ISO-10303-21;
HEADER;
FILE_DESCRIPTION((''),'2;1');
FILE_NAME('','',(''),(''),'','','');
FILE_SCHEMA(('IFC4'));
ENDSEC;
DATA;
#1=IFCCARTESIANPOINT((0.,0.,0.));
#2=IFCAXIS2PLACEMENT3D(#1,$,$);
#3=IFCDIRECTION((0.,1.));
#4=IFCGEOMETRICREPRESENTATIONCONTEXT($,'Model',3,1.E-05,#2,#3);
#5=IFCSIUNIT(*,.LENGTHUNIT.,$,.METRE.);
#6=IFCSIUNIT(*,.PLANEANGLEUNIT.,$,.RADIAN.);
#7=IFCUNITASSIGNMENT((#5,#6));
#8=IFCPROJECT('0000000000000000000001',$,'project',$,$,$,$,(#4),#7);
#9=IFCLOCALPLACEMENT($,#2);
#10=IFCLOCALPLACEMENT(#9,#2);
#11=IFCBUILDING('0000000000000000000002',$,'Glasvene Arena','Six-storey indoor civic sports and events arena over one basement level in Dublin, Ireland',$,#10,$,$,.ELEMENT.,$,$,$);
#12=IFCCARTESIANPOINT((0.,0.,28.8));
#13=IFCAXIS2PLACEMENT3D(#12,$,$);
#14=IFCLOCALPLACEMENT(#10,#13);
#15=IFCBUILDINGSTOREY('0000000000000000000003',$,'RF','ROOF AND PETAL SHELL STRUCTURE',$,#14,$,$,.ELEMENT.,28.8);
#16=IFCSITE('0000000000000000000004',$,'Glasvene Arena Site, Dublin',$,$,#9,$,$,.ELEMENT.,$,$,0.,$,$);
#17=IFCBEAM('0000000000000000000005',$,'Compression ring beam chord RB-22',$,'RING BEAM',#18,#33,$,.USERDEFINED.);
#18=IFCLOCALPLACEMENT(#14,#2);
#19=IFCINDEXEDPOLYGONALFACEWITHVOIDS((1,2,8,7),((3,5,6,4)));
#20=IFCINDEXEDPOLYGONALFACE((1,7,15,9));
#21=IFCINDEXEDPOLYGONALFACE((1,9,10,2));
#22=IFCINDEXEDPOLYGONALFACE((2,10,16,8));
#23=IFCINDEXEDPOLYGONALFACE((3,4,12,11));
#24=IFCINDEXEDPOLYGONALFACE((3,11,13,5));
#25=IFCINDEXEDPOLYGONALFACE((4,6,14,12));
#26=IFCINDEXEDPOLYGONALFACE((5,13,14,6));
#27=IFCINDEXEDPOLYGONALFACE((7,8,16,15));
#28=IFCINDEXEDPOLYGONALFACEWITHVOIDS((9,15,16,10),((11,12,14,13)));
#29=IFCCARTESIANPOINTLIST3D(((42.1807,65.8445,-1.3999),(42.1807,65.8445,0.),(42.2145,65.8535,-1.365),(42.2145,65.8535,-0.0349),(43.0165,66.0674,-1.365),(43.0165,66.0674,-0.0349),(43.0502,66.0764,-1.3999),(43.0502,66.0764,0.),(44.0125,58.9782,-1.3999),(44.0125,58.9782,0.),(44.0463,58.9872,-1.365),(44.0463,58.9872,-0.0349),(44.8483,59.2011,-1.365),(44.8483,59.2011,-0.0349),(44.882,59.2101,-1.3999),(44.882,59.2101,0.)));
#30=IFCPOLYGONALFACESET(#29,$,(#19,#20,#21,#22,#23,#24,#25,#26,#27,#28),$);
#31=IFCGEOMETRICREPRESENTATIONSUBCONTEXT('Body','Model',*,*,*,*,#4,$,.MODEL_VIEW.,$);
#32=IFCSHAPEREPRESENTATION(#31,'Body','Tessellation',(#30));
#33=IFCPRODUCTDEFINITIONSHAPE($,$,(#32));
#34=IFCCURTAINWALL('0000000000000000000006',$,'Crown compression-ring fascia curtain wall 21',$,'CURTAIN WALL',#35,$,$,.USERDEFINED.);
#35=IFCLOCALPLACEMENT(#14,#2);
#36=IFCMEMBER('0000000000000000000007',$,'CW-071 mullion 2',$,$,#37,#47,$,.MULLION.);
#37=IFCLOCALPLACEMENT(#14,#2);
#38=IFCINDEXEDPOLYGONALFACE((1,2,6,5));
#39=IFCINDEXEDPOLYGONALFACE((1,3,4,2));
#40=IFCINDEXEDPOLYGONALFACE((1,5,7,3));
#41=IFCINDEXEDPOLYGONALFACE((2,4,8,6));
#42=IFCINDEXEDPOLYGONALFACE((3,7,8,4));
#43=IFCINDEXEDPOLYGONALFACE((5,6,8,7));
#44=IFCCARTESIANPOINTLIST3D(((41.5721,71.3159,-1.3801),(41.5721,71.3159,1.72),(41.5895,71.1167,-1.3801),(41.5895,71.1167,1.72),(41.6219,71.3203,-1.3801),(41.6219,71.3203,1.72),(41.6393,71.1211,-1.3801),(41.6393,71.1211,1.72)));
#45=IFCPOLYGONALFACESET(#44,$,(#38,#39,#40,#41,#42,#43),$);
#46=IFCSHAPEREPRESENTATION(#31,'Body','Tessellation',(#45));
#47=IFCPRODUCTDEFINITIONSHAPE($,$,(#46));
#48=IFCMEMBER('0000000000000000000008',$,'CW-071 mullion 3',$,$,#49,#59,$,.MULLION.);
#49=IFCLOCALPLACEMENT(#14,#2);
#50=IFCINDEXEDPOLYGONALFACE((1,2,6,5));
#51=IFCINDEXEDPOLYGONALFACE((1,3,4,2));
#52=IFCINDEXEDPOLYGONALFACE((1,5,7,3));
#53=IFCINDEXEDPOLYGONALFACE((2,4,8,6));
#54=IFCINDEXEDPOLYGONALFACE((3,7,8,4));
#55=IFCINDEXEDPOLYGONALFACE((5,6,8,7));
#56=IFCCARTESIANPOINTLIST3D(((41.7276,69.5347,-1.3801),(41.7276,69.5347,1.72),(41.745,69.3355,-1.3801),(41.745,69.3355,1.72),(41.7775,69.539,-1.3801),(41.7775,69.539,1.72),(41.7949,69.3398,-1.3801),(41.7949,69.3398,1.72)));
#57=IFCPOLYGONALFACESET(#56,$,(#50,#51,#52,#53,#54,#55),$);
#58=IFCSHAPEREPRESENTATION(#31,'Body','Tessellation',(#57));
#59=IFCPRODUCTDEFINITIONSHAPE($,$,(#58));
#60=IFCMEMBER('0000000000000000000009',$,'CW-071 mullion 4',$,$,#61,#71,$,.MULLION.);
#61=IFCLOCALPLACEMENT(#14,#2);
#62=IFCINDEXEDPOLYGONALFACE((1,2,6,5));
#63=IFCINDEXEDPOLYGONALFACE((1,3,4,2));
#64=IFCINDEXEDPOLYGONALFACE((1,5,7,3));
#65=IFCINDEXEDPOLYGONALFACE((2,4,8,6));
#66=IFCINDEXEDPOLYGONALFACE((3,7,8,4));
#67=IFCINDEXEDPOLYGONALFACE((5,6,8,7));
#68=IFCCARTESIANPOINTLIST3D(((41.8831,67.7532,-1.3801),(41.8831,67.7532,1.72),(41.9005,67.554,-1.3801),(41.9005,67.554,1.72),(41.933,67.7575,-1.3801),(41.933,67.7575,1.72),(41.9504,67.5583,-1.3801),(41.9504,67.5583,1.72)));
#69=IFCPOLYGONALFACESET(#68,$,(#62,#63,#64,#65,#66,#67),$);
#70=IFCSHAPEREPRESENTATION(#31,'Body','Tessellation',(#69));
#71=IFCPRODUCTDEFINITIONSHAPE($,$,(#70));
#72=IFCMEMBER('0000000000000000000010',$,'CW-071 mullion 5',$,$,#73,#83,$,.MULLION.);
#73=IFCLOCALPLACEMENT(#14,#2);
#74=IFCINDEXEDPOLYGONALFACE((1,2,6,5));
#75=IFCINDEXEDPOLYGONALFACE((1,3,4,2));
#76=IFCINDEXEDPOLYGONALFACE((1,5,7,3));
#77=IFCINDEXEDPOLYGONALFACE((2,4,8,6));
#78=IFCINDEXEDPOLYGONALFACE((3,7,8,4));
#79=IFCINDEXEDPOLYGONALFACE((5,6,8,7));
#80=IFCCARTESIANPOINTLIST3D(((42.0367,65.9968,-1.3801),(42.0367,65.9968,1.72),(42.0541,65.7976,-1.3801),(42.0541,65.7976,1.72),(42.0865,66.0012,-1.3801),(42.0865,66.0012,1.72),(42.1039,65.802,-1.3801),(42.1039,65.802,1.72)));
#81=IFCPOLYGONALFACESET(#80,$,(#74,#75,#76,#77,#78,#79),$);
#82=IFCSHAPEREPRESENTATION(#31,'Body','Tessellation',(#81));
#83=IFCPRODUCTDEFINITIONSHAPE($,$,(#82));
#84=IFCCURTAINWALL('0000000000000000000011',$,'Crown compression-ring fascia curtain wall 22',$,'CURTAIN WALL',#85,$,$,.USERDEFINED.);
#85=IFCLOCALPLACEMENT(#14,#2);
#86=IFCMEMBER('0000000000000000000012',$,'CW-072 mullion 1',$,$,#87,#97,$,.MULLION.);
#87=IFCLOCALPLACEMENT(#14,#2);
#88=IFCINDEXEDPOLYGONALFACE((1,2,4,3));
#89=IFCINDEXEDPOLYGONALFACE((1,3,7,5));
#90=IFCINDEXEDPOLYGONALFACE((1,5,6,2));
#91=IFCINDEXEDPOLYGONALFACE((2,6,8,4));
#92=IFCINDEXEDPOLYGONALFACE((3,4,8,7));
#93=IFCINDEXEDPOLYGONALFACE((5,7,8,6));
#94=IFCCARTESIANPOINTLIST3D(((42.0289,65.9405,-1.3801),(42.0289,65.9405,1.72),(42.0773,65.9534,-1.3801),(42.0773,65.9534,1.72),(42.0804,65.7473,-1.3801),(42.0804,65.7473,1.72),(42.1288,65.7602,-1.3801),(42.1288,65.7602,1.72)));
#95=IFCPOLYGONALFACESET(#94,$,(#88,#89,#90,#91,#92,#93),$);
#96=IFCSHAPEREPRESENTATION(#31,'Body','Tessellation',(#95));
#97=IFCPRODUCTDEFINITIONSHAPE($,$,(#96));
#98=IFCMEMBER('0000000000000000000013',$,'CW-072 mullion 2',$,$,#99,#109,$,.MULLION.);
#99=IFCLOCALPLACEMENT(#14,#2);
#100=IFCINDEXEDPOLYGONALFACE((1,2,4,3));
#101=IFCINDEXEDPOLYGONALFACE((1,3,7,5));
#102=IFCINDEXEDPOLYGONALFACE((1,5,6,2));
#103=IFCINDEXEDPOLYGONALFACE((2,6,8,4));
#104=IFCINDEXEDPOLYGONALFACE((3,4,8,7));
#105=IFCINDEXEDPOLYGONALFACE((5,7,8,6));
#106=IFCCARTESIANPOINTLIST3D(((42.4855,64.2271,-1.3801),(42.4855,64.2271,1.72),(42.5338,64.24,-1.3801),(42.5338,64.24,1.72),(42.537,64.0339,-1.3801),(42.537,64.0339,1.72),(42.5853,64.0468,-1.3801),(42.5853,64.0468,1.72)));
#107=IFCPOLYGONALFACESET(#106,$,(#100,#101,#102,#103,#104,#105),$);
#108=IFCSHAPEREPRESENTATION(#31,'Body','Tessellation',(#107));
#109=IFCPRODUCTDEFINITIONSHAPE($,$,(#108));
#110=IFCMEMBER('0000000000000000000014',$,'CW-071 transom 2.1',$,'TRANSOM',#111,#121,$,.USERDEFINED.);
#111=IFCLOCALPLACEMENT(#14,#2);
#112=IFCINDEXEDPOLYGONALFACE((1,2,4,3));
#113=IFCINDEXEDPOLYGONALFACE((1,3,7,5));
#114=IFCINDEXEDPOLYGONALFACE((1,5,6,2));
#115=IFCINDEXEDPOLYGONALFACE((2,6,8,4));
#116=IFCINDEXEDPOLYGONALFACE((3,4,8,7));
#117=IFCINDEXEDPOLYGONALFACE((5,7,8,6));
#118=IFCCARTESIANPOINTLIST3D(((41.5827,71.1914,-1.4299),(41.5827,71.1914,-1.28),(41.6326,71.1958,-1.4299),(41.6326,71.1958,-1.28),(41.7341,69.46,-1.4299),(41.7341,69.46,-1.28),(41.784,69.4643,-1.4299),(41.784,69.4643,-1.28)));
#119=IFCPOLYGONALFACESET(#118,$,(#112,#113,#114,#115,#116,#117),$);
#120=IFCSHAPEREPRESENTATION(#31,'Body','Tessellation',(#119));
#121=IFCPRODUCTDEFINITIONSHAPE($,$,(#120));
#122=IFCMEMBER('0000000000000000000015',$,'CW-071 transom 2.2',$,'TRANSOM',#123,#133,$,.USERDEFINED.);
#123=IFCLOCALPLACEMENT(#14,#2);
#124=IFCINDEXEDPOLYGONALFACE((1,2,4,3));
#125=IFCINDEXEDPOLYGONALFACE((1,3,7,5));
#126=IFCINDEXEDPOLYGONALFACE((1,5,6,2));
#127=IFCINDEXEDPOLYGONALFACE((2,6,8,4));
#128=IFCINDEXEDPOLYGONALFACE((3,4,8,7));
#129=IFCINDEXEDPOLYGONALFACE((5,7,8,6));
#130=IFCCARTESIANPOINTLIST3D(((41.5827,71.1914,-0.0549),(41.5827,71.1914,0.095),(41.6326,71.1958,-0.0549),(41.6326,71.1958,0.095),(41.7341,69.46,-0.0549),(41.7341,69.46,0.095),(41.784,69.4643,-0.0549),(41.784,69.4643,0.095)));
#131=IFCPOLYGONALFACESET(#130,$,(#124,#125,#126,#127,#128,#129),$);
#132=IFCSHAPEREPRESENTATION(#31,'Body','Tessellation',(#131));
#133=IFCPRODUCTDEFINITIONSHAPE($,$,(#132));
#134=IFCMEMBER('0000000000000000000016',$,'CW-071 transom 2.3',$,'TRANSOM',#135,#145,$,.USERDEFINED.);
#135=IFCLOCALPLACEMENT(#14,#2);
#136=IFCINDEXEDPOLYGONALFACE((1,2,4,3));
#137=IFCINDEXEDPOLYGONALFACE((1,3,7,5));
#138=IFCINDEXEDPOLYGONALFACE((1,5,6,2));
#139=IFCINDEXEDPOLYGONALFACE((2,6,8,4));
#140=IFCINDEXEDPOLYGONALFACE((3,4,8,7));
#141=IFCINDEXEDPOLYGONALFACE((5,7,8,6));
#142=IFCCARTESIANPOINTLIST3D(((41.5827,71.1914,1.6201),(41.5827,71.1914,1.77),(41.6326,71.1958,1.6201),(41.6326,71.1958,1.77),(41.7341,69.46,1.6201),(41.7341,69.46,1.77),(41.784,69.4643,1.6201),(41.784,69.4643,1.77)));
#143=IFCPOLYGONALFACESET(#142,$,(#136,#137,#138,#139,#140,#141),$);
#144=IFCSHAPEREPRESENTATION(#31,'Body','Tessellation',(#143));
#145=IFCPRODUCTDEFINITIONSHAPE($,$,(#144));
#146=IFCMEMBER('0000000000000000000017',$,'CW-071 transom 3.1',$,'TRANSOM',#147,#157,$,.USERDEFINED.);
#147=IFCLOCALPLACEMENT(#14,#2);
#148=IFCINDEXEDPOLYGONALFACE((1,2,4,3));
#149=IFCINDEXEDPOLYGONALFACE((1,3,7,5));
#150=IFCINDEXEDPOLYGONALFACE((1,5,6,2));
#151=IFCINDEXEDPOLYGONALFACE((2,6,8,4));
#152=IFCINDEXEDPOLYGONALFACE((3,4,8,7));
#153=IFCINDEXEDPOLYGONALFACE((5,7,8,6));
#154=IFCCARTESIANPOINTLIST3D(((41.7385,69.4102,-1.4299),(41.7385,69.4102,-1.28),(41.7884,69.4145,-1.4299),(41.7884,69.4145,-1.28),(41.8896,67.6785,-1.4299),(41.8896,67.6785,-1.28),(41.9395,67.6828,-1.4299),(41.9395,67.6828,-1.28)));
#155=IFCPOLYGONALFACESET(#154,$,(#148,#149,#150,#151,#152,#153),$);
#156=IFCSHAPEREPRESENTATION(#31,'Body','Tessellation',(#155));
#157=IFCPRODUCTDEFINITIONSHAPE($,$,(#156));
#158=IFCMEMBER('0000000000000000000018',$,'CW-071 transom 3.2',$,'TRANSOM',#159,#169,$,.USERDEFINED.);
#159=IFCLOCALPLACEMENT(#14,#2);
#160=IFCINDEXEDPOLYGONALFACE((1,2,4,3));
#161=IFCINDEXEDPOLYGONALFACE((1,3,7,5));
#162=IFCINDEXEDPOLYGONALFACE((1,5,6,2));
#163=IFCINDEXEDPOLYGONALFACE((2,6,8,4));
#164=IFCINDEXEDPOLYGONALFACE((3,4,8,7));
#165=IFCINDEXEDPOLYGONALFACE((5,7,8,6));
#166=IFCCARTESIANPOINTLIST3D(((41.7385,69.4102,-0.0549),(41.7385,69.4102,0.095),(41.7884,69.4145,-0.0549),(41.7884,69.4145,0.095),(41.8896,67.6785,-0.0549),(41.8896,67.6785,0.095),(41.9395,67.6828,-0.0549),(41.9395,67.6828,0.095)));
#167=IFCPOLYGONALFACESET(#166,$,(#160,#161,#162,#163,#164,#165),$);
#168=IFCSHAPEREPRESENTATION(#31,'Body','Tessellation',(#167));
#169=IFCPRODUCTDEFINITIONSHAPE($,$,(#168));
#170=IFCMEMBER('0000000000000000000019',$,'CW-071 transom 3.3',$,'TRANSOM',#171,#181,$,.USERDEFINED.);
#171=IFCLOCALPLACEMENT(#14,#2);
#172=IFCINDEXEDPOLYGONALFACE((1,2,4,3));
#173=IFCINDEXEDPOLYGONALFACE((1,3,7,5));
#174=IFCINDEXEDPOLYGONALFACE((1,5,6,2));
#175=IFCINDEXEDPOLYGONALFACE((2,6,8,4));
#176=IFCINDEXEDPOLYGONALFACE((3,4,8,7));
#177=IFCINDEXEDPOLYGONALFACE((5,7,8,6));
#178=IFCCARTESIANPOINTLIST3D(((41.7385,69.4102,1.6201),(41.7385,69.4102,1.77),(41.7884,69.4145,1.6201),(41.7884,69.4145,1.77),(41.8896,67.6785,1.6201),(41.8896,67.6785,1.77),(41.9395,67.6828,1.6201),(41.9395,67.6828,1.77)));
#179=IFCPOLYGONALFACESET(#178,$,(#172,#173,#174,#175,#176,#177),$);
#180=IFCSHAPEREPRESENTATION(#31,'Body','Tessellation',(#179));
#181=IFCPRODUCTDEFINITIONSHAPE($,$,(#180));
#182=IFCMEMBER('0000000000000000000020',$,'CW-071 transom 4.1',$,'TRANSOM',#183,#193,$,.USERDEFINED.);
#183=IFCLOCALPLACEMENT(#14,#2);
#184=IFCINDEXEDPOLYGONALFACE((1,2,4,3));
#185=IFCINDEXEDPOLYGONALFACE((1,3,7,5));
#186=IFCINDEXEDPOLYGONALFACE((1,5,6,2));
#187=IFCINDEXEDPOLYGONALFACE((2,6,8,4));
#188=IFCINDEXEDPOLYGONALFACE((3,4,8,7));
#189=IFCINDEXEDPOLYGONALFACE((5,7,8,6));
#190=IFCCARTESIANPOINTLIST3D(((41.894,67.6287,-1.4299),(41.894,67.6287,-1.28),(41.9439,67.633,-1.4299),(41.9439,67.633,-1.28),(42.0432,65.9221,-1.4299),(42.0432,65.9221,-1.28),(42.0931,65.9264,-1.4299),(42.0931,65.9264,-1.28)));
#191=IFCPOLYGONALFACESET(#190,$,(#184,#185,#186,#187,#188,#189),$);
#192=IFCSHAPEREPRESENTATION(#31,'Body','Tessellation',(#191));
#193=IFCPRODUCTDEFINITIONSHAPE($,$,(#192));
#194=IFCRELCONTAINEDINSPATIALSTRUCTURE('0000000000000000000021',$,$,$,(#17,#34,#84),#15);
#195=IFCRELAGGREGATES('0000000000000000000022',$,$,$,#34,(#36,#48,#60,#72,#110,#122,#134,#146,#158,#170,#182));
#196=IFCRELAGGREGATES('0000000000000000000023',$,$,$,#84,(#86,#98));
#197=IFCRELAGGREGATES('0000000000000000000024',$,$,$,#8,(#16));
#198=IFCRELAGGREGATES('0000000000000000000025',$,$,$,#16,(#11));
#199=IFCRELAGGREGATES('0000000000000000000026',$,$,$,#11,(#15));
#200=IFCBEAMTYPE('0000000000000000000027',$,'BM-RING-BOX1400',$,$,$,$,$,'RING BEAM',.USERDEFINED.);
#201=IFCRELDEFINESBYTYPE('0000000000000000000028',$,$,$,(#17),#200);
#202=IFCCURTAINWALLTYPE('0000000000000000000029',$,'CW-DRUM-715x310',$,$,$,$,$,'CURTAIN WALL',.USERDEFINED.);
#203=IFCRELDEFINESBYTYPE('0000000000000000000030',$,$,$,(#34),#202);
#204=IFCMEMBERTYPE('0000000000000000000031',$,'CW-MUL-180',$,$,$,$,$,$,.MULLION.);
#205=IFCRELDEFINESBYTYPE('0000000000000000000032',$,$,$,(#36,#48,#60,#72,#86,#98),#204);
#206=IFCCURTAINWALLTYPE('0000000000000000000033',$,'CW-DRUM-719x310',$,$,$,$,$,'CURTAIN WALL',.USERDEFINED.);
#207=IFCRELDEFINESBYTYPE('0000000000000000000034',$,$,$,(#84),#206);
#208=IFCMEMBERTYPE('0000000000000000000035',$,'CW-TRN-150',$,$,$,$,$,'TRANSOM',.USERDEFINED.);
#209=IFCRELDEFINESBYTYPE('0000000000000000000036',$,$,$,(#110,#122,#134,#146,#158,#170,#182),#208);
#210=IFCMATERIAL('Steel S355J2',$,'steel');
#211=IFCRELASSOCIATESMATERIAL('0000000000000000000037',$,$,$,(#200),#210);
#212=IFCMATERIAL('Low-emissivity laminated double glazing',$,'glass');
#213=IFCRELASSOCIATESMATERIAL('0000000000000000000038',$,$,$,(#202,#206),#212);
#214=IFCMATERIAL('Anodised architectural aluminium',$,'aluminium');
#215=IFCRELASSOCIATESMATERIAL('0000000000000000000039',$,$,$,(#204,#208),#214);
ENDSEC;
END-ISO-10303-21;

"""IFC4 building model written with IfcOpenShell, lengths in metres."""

from ifc_helpers import new_model, si_unit, direction, frame, origin, origin_2d, place, context, subcontext, project, spatial, rectangle, hollow_rectangle, extrude, material, material_profile, profile_set, type_object, element, aggregate, save


model = new_model("IFC4")

# Units and contexts
model_context = context("Model", 3, precision=1e-05, world=origin(), true_north=direction((0.0, 1.0)))
body_context = subcontext(model_context, "Body", "Model", "MODEL_VIEW")
ifc_project = project(units=[si_unit("LENGTHUNIT", "METRE"), si_unit("PLANEANGLEUNIT", "RADIAN")], contexts=[model_context])

# Site, building, storey
site_placement = place(None, origin())
site = spatial("IfcSite", under=ifc_project, at=site_placement, Name="Glasvene Arena Site, Dublin", CompositionType="ELEMENT", RefElevation=0.0)
building_placement = place(site_placement, origin())
building = spatial("IfcBuilding", under=site, at=building_placement, Name="Glasvene Arena", Description="Six-storey indoor civic sports and events arena over one basement level in Dublin, Ireland", CompositionType="ELEMENT")
storey_placement = place(building_placement, frame((0.0, 0.0, 28.8)))
storey = spatial("IfcBuildingStorey", under=building, at=storey_placement, Name="RF", Description="ROOF AND PETAL SHELL STRUCTURE", CompositionType="ELEMENT", Elevation=28.8)

# Beam
ifc_material_1 = material(Name="Steel S355J2", Category="steel")
ifc_material_profile_1 = material_profile(ifc_material_1, hollow_rectangle(XDim=0.8999, YDim=1.3999, WallThickness=0.0349, at=origin_2d()), Name="WBOX 900x1400x35")
ifc_profile_set_1 = profile_set([ifc_material_profile_1], Name="Steel S355J2")
beam_type = type_object("IfcBeamType", Name="BM-RING-BOX1400", ElementType="RING BEAM", PredefinedType="USERDEFINED", material=ifc_profile_set_1)
beam_placement = place(storey_placement, frame((42.6155, 65.9604, -0.7), z_axis=(0.257767, -0.966207, 0.0), x_axis=(0.966207, 0.257767, 0.0)))
element("IfcBeam", 1, at=beam_placement, inside=storey, type_object=beam_type, Name="Compression ring beam chord RB-22", ObjectType="RING BEAM", PredefinedType="USERDEFINED", context=body_context, shape_type="SweptSolid", body=[
    extrude(hollow_rectangle(XDim=0.8999, YDim=1.3999, WallThickness=0.0349, at=origin_2d()), origin(), (0.0, 0.0, 1.0), 7.1064),
])

# Curtain walls, members
ifc_material_2 = material(Name="Low-emissivity laminated double glazing", Category="glass")
curtain_wall_type_1 = type_object("IfcCurtainWallType", Name="CW-DRUM-715x310", ElementType="CURTAIN WALL", PredefinedType="USERDEFINED", material=ifc_material_2)
curtain_wall_1_placement = place(storey_placement, frame((41.45, 73.0, 0.0)))
curtain_wall_1 = element("IfcCurtainWall", 2, at=curtain_wall_1_placement, inside=storey, type_object=curtain_wall_type_1, Name="Crown compression-ring fascia curtain wall 21", ObjectType="CURTAIN WALL", PredefinedType="USERDEFINED")
ifc_material_3 = material(Name="Anodised architectural aluminium", Category="aluminium")
ifc_material_profile_2 = material_profile(ifc_material_3, rectangle(XDim=0.05, YDim=0.2, at=origin_2d()), Name="ALU MULLION 50x200")
ifc_profile_set_2 = profile_set([ifc_material_profile_2], Name="Anodised architectural aluminium")
member_type_1 = type_object("IfcMemberType", Name="CW-MUL-180", PredefinedType="MULLION", material=ifc_profile_set_2)
member_1_placement = place(storey_placement, frame((41.6057, 71.2185, -1.3801), z_axis=(0.0, 0.0, 1.0), x_axis=(0.996207, 0.087016, 0.0)))
member_1 = element("IfcMember", 3, at=member_1_placement, type_object=member_type_1, Name="CW-071 mullion 2", PredefinedType="MULLION", context=body_context, shape_type="SweptSolid", body=[
    extrude(rectangle(XDim=0.05, YDim=0.2, at=origin_2d()), origin(), (0.0, 0.0, 1.0), 3.1001),
])
member_2_placement = place(storey_placement, frame((41.7612, 69.4373, -1.3801), z_axis=(0.0, 0.0, 1.0), x_axis=(0.996207, 0.087016, 0.0)))
member_2 = element("IfcMember", 4, at=member_2_placement, type_object=member_type_1, Name="CW-071 mullion 3", PredefinedType="MULLION", context=body_context, shape_type="SweptSolid", body=[
    extrude(rectangle(XDim=0.05, YDim=0.2, at=origin_2d()), origin(), (0.0, 0.0, 1.0), 3.1001),
])
member_3_placement = place(storey_placement, frame((41.9167, 67.6558, -1.3801), z_axis=(0.0, 0.0, 1.0), x_axis=(0.996207, 0.087016, 0.0)))
member_3 = element("IfcMember", 5, at=member_3_placement, type_object=member_type_1, Name="CW-071 mullion 4", PredefinedType="MULLION", context=body_context, shape_type="SweptSolid", body=[
    extrude(rectangle(XDim=0.05, YDim=0.2, at=origin_2d()), origin(), (0.0, 0.0, 1.0), 3.1001),
])
member_4_placement = place(storey_placement, frame((42.0703, 65.8994, -1.3801), z_axis=(0.0, 0.0, 1.0), x_axis=(0.996207, 0.087016, 0.0)))
member_4 = element("IfcMember", 6, at=member_4_placement, type_object=member_type_1, Name="CW-071 mullion 5", PredefinedType="MULLION", context=body_context, shape_type="SweptSolid", body=[
    extrude(rectangle(XDim=0.05, YDim=0.2, at=origin_2d()), origin(), (0.0, 0.0, 1.0), 3.1001),
])
curtain_wall_type_2 = type_object("IfcCurtainWallType", Name="CW-DRUM-719x310", ElementType="CURTAIN WALL", PredefinedType="USERDEFINED", material=ifc_material_2)
curtain_wall_2_placement = place(storey_placement, frame((42.0725, 65.8745, 0.0)))
curtain_wall_2 = element("IfcCurtainWall", 7, at=curtain_wall_2_placement, inside=storey, type_object=curtain_wall_type_2, Name="Crown compression-ring fascia curtain wall 22", ObjectType="CURTAIN WALL", PredefinedType="USERDEFINED")
member_5_placement = place(storey_placement, frame((42.0789, 65.8503, -1.3801), z_axis=(0.0, 0.0, 1.0), x_axis=(0.966292, 0.257447, 0.0)))
member_5 = element("IfcMember", 8, at=member_5_placement, type_object=member_type_1, Name="CW-072 mullion 1", PredefinedType="MULLION", context=body_context, shape_type="SweptSolid", body=[
    extrude(rectangle(XDim=0.05, YDim=0.2, at=origin_2d()), origin(), (0.0, 0.0, 1.0), 3.1001),
])
member_6_placement = place(storey_placement, frame((42.5354, 64.137, -1.3801), z_axis=(0.0, 0.0, 1.0), x_axis=(0.966292, 0.257447, 0.0)))
member_6 = element("IfcMember", 9, at=member_6_placement, type_object=member_type_1, Name="CW-072 mullion 2", PredefinedType="MULLION", context=body_context, shape_type="SweptSolid", body=[
    extrude(rectangle(XDim=0.05, YDim=0.2, at=origin_2d()), origin(), (0.0, 0.0, 1.0), 3.1001),
])

# Members
ifc_material_profile_3 = material_profile(ifc_material_3, rectangle(XDim=0.05, YDim=0.1499, at=origin_2d()), Name="ALU TRANSOM 50x150")
ifc_profile_set_3 = profile_set([ifc_material_profile_3], Name="Anodised architectural aluminium")
member_type_2 = type_object("IfcMemberType", Name="CW-TRN-150", ElementType="TRANSOM", PredefinedType="USERDEFINED", material=ifc_profile_set_3)
member_7_placement = place(storey_placement, frame((41.6077, 71.1936, -1.355), z_axis=(0.08709, -0.9962, 0.0), x_axis=(0.9962, 0.08709, 0.0)))
member_7 = element("IfcMember", 10, at=member_7_placement, type_object=member_type_2, Name="CW-071 transom 2.1", ObjectType="TRANSOM", PredefinedType="USERDEFINED", context=body_context, shape_type="SweptSolid", body=[
    extrude(rectangle(XDim=0.05, YDim=0.1499, at=origin_2d()), origin(), (0.0, 0.0, 1.0), 1.738),
])
member_8_placement = place(storey_placement, frame((41.6077, 71.1936, 0.02), z_axis=(0.08709, -0.9962, 0.0), x_axis=(0.9962, 0.08709, 0.0)))
member_8 = element("IfcMember", 11, at=member_8_placement, type_object=member_type_2, Name="CW-071 transom 2.2", ObjectType="TRANSOM", PredefinedType="USERDEFINED", context=body_context, shape_type="SweptSolid", body=[
    extrude(rectangle(XDim=0.05, YDim=0.1499, at=origin_2d()), origin(), (0.0, 0.0, 1.0), 1.738),
])
member_9_placement = place(storey_placement, frame((41.6077, 71.1936, 1.6951), z_axis=(0.08709, -0.9962, 0.0), x_axis=(0.9962, 0.08709, 0.0)))
member_9 = element("IfcMember", 12, at=member_9_placement, type_object=member_type_2, Name="CW-071 transom 2.3", ObjectType="TRANSOM", PredefinedType="USERDEFINED", context=body_context, shape_type="SweptSolid", body=[
    extrude(rectangle(XDim=0.05, YDim=0.1499, at=origin_2d()), origin(), (0.0, 0.0, 1.0), 1.738),
])
member_10_placement = place(storey_placement, frame((41.7634, 69.4124, -1.355), z_axis=(0.086939, -0.996214, 0.0), x_axis=(0.996214, 0.086939, 0.0)))
member_10 = element("IfcMember", 13, at=member_10_placement, type_object=member_type_2, Name="CW-071 transom 3.1", ObjectType="TRANSOM", PredefinedType="USERDEFINED", context=body_context, shape_type="SweptSolid", body=[
    extrude(rectangle(XDim=0.05, YDim=0.1499, at=origin_2d()), origin(), (0.0, 0.0, 1.0), 1.7383),
])
member_11_placement = place(storey_placement, frame((41.7634, 69.4124, 0.02), z_axis=(0.086939, -0.996214, 0.0), x_axis=(0.996214, 0.086939, 0.0)))
member_11 = element("IfcMember", 14, at=member_11_placement, type_object=member_type_2, Name="CW-071 transom 3.2", ObjectType="TRANSOM", PredefinedType="USERDEFINED", context=body_context, shape_type="SweptSolid", body=[
    extrude(rectangle(XDim=0.05, YDim=0.1499, at=origin_2d()), origin(), (0.0, 0.0, 1.0), 1.7383),
])
member_12_placement = place(storey_placement, frame((41.7634, 69.4124, 1.6951), z_axis=(0.086939, -0.996214, 0.0), x_axis=(0.996214, 0.086939, 0.0)))
member_12 = element("IfcMember", 15, at=member_12_placement, type_object=member_type_2, Name="CW-071 transom 3.3", ObjectType="TRANSOM", PredefinedType="USERDEFINED", context=body_context, shape_type="SweptSolid", body=[
    extrude(rectangle(XDim=0.05, YDim=0.1499, at=origin_2d()), origin(), (0.0, 0.0, 1.0), 1.7383),
])
member_13_placement = place(storey_placement, frame((41.9189, 67.6309, -1.355), z_axis=(0.087079, -0.996201, 0.0), x_axis=(0.996201, 0.087079, 0.0)))
member_13 = element("IfcMember", 16, at=member_13_placement, type_object=member_type_2, Name="CW-071 transom 4.1", ObjectType="TRANSOM", PredefinedType="USERDEFINED", context=body_context, shape_type="SweptSolid", body=[
    extrude(rectangle(XDim=0.05, YDim=0.1499, at=origin_2d()), origin(), (0.0, 0.0, 1.0), 1.7131),
])

aggregate(curtain_wall_1, [member_1, member_2, member_3, member_4, member_7, member_8, member_9, member_10, member_11, member_12, member_13])
aggregate(curtain_wall_2, [member_5, member_6])

save(model, "model.ifc")
